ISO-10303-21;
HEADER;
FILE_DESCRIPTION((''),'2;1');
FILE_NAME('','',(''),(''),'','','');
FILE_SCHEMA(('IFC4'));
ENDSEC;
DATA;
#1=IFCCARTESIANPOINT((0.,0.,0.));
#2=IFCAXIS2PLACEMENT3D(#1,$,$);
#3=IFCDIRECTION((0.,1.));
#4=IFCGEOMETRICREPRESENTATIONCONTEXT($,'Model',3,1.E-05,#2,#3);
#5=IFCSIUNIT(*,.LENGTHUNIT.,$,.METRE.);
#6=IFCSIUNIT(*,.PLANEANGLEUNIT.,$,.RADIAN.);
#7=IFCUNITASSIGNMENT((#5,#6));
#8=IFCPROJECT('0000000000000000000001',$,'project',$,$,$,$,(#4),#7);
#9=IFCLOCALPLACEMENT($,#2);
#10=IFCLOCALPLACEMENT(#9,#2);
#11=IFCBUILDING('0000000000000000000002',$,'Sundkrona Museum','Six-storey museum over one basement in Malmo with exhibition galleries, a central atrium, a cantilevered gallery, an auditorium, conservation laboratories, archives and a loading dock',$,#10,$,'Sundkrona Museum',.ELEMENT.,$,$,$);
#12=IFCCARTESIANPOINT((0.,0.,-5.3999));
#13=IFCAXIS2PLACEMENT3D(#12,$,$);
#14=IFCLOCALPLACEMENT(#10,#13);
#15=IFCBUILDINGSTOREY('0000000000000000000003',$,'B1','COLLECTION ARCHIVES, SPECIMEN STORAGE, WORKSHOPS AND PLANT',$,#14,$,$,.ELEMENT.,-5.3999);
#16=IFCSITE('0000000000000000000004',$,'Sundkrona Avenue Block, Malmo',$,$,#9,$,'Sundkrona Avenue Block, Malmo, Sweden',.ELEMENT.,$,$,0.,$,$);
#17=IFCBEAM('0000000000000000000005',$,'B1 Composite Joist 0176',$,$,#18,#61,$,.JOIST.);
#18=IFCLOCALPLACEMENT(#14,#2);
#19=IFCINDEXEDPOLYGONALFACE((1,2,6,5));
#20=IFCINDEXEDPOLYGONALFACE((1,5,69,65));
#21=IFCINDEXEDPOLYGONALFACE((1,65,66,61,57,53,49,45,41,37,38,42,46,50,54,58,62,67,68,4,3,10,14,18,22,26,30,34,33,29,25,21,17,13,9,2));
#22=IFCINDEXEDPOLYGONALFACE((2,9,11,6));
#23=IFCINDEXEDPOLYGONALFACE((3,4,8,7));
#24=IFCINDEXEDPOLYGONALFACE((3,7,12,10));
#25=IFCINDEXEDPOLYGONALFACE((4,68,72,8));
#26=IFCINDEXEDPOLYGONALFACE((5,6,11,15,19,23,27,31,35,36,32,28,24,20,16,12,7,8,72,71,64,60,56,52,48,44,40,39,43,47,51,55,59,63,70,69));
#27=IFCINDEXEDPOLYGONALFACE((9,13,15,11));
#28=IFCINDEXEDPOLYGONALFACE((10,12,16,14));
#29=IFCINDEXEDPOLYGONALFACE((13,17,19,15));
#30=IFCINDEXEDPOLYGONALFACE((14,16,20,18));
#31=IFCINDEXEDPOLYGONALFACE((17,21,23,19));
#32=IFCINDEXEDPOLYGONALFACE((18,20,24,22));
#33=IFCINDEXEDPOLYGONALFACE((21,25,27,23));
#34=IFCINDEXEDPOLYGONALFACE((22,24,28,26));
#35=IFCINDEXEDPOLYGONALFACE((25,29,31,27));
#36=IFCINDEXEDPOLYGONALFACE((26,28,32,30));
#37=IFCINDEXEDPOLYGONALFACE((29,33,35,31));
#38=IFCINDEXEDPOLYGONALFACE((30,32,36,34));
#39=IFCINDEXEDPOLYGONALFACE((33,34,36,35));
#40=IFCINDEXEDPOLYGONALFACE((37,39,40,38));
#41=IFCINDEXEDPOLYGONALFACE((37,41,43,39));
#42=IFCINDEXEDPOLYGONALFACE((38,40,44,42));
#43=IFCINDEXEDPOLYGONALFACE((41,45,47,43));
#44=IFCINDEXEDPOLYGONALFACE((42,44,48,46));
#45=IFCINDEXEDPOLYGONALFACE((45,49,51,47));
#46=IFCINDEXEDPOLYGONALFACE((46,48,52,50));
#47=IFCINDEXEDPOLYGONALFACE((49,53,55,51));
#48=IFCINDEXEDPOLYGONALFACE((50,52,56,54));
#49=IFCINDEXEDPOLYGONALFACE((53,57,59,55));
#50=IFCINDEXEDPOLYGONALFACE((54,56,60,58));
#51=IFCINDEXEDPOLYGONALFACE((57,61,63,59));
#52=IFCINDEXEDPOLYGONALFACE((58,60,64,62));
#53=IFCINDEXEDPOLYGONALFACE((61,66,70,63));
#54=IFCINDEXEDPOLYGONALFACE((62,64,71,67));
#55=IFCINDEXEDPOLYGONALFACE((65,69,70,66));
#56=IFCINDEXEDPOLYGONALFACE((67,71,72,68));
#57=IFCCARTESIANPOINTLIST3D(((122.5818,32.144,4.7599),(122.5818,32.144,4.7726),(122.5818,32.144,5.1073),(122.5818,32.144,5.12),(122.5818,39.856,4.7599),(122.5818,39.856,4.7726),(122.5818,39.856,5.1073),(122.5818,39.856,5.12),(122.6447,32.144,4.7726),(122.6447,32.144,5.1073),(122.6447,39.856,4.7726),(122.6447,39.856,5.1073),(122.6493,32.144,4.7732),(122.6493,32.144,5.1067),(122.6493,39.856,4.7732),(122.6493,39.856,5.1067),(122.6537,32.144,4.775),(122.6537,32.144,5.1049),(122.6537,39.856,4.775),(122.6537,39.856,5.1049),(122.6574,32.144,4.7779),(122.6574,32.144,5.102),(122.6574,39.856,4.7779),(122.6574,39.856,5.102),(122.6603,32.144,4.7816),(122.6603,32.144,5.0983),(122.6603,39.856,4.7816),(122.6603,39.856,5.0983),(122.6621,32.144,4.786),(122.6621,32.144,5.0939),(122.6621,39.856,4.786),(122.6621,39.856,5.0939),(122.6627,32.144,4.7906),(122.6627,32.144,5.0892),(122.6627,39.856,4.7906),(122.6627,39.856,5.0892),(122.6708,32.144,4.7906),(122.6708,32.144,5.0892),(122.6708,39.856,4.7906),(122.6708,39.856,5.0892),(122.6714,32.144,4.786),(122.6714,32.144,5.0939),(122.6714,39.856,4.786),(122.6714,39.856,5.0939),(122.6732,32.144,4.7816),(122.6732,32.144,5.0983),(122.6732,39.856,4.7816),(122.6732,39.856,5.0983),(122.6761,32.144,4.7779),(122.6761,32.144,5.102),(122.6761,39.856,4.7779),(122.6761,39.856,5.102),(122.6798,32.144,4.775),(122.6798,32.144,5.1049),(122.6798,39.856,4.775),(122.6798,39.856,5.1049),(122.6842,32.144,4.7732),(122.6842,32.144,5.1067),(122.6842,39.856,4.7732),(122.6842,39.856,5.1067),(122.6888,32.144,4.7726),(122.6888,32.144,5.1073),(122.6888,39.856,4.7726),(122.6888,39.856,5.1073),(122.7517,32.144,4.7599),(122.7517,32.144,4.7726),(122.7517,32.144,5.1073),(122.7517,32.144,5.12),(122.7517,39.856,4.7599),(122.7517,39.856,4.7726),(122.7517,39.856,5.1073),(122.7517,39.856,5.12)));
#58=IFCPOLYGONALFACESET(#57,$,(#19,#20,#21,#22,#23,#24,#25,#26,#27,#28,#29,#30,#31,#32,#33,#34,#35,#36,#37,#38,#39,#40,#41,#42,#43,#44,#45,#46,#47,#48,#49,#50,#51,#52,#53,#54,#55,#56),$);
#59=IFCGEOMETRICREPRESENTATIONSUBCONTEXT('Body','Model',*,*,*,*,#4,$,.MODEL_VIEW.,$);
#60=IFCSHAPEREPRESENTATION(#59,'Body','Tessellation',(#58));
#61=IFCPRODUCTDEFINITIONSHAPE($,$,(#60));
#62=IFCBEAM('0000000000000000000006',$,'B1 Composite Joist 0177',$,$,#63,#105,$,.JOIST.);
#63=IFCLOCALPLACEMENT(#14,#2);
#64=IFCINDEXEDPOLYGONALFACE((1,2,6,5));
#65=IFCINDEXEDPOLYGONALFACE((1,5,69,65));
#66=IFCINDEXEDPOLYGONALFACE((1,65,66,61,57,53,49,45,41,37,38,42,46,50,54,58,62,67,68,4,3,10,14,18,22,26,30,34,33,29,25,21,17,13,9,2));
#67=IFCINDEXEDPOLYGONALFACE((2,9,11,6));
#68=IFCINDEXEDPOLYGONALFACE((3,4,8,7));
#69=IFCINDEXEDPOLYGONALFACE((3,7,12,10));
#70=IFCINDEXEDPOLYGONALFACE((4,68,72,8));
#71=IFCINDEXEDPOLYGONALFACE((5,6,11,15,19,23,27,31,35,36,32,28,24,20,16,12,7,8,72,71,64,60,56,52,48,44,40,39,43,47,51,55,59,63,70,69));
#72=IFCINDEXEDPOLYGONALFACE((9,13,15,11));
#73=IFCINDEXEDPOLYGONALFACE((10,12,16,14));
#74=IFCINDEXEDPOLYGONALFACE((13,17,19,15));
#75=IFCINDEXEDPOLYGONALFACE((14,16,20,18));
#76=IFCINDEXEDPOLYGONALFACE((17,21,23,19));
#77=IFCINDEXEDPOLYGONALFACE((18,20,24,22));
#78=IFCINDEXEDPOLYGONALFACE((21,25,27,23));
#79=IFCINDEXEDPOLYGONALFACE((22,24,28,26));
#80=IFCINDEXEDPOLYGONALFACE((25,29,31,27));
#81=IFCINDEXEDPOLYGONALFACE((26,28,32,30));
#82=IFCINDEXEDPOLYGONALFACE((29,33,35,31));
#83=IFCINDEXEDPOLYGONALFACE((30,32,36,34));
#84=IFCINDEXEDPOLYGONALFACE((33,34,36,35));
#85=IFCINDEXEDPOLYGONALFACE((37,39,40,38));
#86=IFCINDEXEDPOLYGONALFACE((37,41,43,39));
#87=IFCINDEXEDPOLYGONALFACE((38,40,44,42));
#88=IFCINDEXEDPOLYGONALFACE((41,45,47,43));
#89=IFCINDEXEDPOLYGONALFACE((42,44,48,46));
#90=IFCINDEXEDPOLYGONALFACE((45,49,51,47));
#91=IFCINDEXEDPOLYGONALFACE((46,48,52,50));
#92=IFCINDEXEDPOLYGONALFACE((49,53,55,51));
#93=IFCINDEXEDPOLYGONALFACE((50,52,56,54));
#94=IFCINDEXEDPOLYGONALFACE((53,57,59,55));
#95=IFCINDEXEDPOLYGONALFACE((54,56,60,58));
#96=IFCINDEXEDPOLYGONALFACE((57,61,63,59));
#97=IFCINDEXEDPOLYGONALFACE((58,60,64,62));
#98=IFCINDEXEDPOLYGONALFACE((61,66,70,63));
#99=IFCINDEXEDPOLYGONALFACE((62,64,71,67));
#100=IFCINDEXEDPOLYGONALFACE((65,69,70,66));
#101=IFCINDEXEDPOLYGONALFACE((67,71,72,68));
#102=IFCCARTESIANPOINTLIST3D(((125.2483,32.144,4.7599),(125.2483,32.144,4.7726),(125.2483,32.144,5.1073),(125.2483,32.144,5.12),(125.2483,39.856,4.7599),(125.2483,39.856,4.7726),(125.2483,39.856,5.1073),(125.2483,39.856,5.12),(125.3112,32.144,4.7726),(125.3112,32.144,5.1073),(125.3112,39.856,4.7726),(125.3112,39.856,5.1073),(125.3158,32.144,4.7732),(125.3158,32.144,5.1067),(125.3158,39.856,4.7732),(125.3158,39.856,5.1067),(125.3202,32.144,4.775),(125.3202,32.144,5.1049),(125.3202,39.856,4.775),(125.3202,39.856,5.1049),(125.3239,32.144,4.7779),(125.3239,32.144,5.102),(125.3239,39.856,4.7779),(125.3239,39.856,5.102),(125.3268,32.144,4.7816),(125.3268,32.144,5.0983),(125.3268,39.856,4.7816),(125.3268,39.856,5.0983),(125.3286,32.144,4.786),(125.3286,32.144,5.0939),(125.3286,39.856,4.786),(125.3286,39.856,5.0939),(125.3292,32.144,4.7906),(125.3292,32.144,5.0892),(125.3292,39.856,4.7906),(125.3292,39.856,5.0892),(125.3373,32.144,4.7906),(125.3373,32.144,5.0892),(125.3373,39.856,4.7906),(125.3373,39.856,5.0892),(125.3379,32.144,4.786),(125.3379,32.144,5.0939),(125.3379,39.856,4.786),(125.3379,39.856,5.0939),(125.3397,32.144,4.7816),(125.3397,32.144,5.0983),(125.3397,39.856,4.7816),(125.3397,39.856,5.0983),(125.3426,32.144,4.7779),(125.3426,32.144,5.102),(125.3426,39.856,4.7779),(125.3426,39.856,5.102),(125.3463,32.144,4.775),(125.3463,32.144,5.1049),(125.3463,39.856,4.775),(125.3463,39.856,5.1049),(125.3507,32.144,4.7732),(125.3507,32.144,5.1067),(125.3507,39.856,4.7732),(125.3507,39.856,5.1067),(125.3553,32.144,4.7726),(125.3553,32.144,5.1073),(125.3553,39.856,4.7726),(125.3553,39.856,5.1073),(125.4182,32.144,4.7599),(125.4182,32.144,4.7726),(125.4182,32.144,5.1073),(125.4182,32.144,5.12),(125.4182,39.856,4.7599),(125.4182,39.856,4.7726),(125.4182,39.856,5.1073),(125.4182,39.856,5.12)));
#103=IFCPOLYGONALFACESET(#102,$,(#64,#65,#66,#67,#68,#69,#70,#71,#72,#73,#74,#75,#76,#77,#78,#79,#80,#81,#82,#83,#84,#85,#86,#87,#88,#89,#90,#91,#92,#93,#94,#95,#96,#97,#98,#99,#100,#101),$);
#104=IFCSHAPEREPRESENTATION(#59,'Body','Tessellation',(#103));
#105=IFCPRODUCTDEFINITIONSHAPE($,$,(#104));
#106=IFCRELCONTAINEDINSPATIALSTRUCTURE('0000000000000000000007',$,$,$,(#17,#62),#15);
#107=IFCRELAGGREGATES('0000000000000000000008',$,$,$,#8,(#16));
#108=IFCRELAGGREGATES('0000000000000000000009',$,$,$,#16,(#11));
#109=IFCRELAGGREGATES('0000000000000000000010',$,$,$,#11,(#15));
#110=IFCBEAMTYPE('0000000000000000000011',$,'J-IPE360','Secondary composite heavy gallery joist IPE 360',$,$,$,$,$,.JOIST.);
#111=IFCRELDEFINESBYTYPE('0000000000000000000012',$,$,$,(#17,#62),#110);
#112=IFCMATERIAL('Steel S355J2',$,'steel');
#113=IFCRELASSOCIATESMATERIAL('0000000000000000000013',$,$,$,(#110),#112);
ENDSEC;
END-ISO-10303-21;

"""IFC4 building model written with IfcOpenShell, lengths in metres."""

from ifc_helpers import new_model, si_unit, direction, frame, origin, origin_2d, place, context, subcontext, project, spatial, i_section, extrude, material, material_profile, profile_set, type_object, element, save


model = new_model("IFC4")

# Units and contexts
model_context = context("Model", 3, precision=1e-05, world=origin(), true_north=direction((0.0, 1.0)))
body_context = subcontext(model_context, "Body", "Model", "MODEL_VIEW")
ifc_project = project(units=[si_unit("LENGTHUNIT", "METRE"), si_unit("PLANEANGLEUNIT", "RADIAN")], contexts=[model_context])

# Site, building, storey
site_placement = place(None, origin())
site = spatial("IfcSite", under=ifc_project, at=site_placement, Name="Sundkrona Avenue Block, Malmo", LongName="Sundkrona Avenue Block, Malmo, Sweden", CompositionType="ELEMENT", RefElevation=0.0)
building_placement = place(site_placement, origin())
building = spatial("IfcBuilding", under=site, at=building_placement, Name="Sundkrona Museum", Description="Six-storey museum over one basement in Malmo with exhibition galleries, a central atrium, a cantilevered gallery, an auditorium, conservation laboratories, archives and a loading dock", LongName="Sundkrona Museum", CompositionType="ELEMENT")
storey_placement = place(building_placement, frame((0.0, 0.0, -5.3999)))
storey = spatial("IfcBuildingStorey", under=building, at=storey_placement, Name="B1", Description="COLLECTION ARCHIVES, SPECIMEN STORAGE, WORKSHOPS AND PLANT", CompositionType="ELEMENT", Elevation=-5.3999)

# Beams
ifc_material_1 = material(Name="Steel S355J2", Category="steel")
ifc_material_profile_1 = material_profile(ifc_material_1, i_section(OverallWidth=0.1699, OverallDepth=0.3601, WebThickness=0.0081, FlangeThickness=0.0127, FilletRadius=0.0181, at=origin_2d()), Name="IPE 360")
ifc_profile_set_1 = profile_set([ifc_material_profile_1], Name="Steel S355J2")
beam_type_1 = type_object("IfcBeamType", Name="J-IPE360", Description="Secondary composite heavy gallery joist IPE 360", PredefinedType="JOIST", material=ifc_profile_set_1)
for number, where, z_axis, x_axis, name in (
    (1, (122.6667, 32.144, 4.9399), (0.0, 1.0, 0.0), (-1.0, 0.0, 0.0), "B1 Composite Joist 0176"),
    (2, (125.3333, 32.144, 4.9399), (0.0, 1.0, 0.0), (-1.0, 0.0, 0.0), "B1 Composite Joist 0177"),
):
    element("IfcBeam", number, at=place(storey_placement, frame(where, z_axis=z_axis, x_axis=x_axis)), inside=storey, type_object=beam_type_1, Name=name, PredefinedType="JOIST", context=body_context, shape_type="SweptSolid", body=[
        extrude(i_section(OverallWidth=0.1699, OverallDepth=0.3601, WebThickness=0.0081, FlangeThickness=0.0127, FilletRadius=0.0181, at=origin_2d()), origin(), (0.0, 0.0, 1.0), 7.7119),
    ])

save(model, "model.ifc")
